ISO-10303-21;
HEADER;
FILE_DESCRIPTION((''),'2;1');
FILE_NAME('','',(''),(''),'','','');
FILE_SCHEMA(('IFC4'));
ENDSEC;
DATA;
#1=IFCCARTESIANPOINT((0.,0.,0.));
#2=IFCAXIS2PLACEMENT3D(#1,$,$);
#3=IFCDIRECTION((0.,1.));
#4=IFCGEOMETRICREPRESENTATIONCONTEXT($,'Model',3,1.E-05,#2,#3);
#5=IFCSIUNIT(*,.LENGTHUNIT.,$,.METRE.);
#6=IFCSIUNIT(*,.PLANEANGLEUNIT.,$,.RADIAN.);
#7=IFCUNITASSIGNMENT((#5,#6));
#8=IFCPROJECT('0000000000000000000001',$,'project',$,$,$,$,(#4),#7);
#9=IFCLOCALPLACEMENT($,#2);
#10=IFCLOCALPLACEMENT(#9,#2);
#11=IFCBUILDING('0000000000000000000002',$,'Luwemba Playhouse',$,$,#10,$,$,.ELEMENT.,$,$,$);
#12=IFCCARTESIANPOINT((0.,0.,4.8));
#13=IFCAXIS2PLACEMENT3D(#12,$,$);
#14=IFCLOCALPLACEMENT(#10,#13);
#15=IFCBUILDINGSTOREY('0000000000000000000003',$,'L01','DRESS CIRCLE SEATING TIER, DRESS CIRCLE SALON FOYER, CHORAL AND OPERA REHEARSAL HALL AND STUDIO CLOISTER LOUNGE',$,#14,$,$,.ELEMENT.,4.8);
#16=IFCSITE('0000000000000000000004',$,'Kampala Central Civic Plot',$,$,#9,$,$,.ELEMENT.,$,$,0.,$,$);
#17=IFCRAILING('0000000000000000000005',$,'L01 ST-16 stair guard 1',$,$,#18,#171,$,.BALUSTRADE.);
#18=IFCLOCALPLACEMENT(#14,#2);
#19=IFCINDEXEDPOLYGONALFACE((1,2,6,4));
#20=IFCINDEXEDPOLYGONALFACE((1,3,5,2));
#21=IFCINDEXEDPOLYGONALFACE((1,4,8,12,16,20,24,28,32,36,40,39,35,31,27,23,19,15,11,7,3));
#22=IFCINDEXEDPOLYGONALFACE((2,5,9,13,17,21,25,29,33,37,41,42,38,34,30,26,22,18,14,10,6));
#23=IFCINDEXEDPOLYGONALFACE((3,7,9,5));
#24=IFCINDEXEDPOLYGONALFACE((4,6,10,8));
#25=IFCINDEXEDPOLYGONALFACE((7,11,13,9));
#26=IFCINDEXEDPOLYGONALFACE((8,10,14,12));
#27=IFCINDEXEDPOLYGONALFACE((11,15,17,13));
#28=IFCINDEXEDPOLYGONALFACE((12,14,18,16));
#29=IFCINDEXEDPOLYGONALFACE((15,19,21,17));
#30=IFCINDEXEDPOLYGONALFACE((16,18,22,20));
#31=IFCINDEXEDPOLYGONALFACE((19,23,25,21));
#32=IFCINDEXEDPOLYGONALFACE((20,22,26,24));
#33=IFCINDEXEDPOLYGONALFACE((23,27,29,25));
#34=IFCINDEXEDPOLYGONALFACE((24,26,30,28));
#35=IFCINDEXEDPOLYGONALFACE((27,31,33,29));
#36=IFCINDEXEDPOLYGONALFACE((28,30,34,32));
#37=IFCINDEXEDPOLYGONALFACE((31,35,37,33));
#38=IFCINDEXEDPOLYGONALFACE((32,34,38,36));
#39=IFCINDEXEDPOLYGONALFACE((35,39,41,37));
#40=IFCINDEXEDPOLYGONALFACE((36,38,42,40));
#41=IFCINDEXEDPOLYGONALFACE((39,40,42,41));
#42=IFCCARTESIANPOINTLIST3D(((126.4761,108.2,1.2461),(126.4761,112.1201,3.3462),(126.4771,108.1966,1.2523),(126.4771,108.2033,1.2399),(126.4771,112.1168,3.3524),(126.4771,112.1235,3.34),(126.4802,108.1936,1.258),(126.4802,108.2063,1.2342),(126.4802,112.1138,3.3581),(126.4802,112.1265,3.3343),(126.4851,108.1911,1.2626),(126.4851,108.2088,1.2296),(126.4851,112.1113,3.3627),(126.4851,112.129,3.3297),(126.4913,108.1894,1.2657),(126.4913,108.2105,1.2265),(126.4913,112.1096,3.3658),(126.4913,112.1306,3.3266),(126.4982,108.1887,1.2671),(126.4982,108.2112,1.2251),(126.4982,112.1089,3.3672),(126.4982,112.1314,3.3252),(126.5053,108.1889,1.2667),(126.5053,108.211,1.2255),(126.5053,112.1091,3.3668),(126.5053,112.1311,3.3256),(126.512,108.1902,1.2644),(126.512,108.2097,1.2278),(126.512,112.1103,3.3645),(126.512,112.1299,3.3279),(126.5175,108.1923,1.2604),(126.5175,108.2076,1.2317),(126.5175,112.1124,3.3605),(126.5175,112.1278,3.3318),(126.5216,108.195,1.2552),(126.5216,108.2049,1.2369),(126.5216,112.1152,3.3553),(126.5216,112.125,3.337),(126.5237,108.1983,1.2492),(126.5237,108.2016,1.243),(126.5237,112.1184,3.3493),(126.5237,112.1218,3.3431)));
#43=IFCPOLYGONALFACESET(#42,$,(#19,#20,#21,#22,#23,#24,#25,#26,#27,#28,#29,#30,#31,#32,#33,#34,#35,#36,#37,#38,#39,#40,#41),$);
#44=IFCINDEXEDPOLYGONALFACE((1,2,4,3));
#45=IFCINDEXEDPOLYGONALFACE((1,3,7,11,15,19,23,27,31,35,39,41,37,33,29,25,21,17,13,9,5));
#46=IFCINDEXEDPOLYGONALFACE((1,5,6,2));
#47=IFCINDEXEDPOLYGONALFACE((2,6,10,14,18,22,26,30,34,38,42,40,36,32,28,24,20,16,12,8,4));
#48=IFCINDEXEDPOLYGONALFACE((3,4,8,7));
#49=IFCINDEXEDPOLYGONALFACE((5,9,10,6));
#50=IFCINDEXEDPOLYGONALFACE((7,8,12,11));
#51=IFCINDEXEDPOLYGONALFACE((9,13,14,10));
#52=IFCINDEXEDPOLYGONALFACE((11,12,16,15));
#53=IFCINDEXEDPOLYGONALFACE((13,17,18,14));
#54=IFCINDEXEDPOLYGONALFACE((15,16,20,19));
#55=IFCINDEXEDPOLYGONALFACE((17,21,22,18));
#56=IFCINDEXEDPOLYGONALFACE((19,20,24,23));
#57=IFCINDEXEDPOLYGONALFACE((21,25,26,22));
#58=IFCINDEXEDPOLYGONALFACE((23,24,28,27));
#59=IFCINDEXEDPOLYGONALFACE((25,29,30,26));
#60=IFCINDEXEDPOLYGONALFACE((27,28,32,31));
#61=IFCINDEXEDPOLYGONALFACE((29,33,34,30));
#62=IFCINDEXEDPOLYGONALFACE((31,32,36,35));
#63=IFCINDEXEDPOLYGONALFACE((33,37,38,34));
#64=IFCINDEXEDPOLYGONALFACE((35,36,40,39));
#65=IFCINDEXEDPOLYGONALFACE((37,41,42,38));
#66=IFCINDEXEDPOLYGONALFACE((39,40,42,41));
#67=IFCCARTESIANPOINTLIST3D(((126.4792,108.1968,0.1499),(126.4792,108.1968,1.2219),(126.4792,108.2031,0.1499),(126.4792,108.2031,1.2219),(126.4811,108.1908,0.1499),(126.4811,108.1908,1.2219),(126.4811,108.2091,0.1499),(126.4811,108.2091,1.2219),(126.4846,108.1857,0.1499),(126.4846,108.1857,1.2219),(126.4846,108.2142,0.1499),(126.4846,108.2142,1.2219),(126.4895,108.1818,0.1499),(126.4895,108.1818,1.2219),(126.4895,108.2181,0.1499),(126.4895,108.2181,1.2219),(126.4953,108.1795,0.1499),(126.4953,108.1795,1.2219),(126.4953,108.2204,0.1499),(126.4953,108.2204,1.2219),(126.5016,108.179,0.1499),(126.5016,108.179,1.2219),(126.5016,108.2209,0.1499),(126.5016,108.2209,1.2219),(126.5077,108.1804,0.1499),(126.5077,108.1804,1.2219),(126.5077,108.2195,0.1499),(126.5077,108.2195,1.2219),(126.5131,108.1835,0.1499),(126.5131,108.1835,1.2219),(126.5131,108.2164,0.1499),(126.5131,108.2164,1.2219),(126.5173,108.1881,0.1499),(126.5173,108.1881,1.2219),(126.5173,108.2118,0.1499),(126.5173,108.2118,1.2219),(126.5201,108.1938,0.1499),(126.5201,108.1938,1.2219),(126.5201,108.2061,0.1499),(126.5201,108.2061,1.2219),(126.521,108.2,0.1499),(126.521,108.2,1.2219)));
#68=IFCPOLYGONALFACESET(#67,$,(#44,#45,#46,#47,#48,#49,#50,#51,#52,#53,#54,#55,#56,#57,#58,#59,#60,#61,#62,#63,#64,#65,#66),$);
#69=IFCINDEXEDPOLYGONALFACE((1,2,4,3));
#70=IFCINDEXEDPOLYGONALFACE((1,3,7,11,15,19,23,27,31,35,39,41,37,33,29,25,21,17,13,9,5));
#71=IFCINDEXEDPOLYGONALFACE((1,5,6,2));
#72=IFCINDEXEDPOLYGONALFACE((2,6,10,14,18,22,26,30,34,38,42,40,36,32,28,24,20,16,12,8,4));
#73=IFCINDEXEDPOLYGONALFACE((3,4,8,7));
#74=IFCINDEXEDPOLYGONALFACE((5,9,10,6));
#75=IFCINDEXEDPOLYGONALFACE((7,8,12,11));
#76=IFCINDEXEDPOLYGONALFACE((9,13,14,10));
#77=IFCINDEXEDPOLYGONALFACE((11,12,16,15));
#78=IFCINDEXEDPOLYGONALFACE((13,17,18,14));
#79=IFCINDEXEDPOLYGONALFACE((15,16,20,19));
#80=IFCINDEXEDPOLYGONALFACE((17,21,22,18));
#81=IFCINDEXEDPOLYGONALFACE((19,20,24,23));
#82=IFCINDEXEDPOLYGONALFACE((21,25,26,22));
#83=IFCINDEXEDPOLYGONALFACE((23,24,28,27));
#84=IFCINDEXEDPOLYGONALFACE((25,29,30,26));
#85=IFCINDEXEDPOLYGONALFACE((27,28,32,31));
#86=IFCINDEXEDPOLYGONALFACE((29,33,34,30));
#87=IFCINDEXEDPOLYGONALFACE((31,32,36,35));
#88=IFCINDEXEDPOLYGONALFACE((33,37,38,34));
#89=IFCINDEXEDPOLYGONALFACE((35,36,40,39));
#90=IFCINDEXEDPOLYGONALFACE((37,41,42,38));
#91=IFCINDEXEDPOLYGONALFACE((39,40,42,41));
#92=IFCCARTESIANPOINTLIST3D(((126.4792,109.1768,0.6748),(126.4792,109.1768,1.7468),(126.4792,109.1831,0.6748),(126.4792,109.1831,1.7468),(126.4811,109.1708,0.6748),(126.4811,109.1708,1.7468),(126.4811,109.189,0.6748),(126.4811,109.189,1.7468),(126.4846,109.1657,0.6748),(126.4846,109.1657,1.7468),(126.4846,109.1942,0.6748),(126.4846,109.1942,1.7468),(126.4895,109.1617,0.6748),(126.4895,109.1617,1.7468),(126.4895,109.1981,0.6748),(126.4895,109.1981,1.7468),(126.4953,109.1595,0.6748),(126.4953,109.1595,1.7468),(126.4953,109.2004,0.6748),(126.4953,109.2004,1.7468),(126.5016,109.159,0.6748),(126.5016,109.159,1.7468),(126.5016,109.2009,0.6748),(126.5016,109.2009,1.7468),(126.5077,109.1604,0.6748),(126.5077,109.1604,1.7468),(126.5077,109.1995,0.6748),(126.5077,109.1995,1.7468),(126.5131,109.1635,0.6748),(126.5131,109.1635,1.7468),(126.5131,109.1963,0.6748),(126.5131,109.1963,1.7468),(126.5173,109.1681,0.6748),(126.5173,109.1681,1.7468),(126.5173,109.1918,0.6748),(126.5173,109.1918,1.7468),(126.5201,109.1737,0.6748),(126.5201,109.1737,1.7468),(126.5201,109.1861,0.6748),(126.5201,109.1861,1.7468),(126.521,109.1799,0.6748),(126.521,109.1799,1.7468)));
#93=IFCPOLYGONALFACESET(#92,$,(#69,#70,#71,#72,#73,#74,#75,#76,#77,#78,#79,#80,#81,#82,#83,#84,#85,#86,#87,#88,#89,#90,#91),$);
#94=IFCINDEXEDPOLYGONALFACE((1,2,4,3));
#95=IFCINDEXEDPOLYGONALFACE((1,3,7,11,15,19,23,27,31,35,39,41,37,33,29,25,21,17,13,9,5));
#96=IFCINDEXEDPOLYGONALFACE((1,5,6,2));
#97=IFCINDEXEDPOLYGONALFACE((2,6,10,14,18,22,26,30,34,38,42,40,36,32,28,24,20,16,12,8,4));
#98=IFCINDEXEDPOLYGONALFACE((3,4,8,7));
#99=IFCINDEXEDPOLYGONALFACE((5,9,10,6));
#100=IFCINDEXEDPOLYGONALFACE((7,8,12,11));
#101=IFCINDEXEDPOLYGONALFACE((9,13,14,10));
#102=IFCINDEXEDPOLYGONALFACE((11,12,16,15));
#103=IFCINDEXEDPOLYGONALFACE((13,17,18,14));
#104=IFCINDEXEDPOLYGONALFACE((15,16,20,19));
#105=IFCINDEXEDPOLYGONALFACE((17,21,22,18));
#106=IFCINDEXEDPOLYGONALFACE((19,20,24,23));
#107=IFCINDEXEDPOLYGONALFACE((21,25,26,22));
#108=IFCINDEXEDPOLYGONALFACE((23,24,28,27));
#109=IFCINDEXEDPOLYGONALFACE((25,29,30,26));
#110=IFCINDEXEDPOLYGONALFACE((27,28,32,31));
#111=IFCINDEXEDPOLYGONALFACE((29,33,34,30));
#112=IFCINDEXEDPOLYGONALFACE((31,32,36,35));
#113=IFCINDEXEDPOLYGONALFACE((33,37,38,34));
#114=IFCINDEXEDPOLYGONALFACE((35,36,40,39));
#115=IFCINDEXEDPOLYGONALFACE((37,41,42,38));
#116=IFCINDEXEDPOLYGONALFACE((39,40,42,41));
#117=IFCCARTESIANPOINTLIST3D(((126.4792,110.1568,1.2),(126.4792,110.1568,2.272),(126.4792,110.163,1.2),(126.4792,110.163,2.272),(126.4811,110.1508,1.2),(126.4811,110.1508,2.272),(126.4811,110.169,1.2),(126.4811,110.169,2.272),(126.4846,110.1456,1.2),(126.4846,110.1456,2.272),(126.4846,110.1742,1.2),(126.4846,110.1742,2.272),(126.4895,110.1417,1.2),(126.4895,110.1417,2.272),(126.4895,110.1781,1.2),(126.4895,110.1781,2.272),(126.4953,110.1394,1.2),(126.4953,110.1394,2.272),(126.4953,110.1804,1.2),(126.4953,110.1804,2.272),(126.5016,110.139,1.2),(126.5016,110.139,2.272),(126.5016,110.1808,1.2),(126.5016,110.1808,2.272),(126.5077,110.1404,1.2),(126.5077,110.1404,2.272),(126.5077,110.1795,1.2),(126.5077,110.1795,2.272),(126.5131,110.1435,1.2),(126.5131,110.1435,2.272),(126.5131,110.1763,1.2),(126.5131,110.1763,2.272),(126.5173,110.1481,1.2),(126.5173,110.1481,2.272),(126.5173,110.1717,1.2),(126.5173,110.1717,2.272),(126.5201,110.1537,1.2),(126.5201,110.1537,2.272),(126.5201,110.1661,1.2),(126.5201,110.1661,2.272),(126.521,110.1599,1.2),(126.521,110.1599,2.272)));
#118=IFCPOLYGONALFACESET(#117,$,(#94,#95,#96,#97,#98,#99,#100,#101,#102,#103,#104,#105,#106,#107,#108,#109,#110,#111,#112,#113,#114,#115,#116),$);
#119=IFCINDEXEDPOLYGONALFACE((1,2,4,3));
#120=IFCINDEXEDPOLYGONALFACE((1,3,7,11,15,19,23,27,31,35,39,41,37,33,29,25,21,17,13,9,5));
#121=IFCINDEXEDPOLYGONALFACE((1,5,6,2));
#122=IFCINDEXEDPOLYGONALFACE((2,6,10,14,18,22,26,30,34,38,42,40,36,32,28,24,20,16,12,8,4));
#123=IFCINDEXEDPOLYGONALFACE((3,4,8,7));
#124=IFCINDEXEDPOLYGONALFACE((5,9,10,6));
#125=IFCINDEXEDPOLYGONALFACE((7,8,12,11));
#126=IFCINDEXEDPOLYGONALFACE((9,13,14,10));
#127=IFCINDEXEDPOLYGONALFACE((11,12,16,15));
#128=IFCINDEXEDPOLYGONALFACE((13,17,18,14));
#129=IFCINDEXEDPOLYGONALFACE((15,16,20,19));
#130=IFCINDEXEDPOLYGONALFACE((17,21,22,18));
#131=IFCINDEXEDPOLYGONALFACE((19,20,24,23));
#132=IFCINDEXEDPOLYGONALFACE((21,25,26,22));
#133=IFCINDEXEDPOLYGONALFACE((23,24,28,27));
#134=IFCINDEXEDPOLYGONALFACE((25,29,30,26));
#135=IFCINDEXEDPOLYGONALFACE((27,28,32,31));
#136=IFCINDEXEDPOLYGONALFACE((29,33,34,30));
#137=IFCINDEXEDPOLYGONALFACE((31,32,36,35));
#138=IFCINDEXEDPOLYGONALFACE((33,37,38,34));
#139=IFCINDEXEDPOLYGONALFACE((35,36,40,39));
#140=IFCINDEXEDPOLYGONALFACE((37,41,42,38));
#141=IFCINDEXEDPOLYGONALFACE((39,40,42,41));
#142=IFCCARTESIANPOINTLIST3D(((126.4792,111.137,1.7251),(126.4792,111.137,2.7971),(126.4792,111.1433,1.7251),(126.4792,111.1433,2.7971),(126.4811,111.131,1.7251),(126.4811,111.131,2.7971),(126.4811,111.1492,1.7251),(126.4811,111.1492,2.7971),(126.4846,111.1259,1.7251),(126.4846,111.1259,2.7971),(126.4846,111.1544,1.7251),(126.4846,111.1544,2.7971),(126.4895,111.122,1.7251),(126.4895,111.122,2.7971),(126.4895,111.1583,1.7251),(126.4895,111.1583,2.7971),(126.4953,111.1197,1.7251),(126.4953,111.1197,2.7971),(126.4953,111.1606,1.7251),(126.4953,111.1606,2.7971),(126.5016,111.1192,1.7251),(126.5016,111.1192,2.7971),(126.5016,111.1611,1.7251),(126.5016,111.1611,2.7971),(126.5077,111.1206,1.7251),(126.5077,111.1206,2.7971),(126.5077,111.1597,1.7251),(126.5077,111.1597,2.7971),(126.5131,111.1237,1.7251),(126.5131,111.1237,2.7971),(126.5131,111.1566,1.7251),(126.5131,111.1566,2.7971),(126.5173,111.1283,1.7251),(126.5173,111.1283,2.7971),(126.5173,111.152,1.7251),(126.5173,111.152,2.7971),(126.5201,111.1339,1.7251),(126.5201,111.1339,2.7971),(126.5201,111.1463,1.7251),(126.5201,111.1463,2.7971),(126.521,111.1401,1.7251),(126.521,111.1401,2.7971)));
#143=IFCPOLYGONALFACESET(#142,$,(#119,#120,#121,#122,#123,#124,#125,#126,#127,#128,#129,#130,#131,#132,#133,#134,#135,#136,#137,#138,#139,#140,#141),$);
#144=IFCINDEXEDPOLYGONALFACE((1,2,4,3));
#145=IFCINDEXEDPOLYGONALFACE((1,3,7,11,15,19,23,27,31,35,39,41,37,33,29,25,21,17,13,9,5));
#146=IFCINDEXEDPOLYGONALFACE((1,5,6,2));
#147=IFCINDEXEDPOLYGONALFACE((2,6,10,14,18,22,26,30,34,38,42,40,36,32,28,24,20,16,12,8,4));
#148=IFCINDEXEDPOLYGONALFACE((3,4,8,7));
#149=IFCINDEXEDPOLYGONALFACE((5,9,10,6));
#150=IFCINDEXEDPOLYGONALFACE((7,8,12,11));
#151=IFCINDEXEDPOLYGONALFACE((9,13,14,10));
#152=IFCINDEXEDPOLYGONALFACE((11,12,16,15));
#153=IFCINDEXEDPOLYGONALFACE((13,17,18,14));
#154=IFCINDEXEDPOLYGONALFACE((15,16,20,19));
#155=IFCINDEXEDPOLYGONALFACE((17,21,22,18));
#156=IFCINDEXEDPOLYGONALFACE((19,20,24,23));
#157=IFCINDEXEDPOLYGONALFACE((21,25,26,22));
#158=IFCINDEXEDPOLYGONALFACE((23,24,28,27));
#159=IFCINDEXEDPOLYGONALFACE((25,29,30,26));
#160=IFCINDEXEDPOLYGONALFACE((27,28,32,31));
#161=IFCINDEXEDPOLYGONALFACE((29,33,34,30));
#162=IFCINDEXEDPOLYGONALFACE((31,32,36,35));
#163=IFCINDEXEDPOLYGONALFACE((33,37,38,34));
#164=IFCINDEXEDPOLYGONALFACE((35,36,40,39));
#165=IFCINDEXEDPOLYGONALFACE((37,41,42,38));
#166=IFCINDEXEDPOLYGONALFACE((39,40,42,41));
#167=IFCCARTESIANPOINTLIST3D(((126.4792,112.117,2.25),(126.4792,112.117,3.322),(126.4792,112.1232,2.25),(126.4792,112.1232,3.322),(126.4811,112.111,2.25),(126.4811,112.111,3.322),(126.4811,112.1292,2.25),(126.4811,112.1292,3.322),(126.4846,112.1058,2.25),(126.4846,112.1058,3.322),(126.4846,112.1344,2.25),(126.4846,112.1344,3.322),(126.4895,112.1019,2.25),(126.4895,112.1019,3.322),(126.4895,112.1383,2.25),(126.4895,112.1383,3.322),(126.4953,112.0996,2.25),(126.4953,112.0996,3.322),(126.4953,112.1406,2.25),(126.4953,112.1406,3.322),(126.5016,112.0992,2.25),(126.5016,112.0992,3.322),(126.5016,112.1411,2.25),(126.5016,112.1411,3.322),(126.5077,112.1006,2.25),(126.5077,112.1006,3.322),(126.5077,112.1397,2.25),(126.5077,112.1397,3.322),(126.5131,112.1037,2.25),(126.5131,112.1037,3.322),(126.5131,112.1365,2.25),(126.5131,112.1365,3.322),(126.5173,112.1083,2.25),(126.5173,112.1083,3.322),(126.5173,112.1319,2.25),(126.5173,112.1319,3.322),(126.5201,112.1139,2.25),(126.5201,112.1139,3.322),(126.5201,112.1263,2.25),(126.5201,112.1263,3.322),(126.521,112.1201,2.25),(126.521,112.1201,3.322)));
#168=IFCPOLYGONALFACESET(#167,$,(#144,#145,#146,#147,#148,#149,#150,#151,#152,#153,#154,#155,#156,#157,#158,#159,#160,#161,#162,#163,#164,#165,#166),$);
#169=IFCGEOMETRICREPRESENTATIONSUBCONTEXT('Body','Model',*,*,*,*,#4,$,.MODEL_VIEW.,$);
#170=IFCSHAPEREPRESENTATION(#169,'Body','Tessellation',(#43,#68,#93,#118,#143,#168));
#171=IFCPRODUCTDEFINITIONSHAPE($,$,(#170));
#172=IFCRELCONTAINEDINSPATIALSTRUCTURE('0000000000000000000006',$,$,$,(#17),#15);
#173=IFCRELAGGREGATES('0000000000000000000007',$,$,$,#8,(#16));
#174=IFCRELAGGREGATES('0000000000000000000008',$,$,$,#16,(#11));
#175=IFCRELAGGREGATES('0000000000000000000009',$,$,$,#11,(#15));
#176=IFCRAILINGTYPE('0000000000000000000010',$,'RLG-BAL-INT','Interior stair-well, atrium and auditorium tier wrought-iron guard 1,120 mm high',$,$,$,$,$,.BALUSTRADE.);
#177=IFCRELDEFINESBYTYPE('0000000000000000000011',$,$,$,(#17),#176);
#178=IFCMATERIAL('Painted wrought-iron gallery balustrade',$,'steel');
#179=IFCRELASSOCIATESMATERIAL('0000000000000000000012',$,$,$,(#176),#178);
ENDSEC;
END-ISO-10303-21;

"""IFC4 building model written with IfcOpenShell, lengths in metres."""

from ifc_helpers import new_model, si_unit, direction, frame, origin, origin_2d, place, context, subcontext, project, spatial, circle, extrude, material, type_object, element, save


model = new_model("IFC4")

# Units and contexts
model_context = context("Model", 3, precision=1e-05, world=origin(), true_north=direction((0.0, 1.0)))
body_context = subcontext(model_context, "Body", "Model", "MODEL_VIEW")
ifc_project = project(units=[si_unit("LENGTHUNIT", "METRE"), si_unit("PLANEANGLEUNIT", "RADIAN")], contexts=[model_context])

# Site, building, storey
site_placement = place(None, origin())
site = spatial("IfcSite", under=ifc_project, at=site_placement, Name="Kampala Central Civic Plot", CompositionType="ELEMENT", RefElevation=0.0)
building_placement = place(site_placement, origin())
building = spatial("IfcBuilding", under=site, at=building_placement, Name="Luwemba Playhouse", CompositionType="ELEMENT")
storey_placement = place(building_placement, frame((0.0, 0.0, 4.8)))
storey = spatial("IfcBuildingStorey", under=building, at=storey_placement, Name="L01", Description="DRESS CIRCLE SEATING TIER, DRESS CIRCLE SALON FOYER, CHORAL AND OPERA REHEARSAL HALL AND STUDIO CLOISTER LOUNGE", CompositionType="ELEMENT", Elevation=4.8)

# Railing
ifc_material_1 = material(Name="Painted wrought-iron gallery balustrade", Category="steel")
railing_type_1 = type_object("IfcRailingType", Name="RLG-BAL-INT", Description="Interior stair-well, atrium and auditorium tier wrought-iron guard 1,120 mm high", PredefinedType="BALUSTRADE", material=ifc_material_1)
railing_1_placement = place(storey_placement, frame((126.5, 108.2, 0.1499)))
element("IfcRailing", 1, at=railing_1_placement, inside=storey, type_object=railing_type_1, Name="L01 ST-16 stair guard 1", PredefinedType="BALUSTRADE", context=body_context, shape_type="SweptSolid", body=[
    extrude(circle(Radius=0.0239, at=origin_2d()), frame((0.0, 0.0, 1.0962), z_axis=(0.0, 0.881479, 0.472223), x_axis=(-1.0, 0.0, 0.0)), (0.0, 0.0, 1.0), 4.4473),
    extrude(circle(Radius=0.021, at=origin_2d()), origin(), (0.0, 0.0, 1.0), 1.072),
    extrude(circle(Radius=0.021, at=origin_2d()), frame((0.0, 0.98, 0.5249)), (0.0, 0.0, 1.0), 1.072),
    extrude(circle(Radius=0.021, at=origin_2d()), frame((0.0, 1.96, 1.05)), (0.0, 0.0, 1.0), 1.072),
    extrude(circle(Radius=0.021, at=origin_2d()), frame((0.0, 2.9402, 1.5752)), (0.0, 0.0, 1.0), 1.072),
    extrude(circle(Radius=0.021, at=origin_2d()), frame((0.0, 3.9202, 2.1001)), (0.0, 0.0, 1.0), 1.072),
])

save(model, "model.ifc")
